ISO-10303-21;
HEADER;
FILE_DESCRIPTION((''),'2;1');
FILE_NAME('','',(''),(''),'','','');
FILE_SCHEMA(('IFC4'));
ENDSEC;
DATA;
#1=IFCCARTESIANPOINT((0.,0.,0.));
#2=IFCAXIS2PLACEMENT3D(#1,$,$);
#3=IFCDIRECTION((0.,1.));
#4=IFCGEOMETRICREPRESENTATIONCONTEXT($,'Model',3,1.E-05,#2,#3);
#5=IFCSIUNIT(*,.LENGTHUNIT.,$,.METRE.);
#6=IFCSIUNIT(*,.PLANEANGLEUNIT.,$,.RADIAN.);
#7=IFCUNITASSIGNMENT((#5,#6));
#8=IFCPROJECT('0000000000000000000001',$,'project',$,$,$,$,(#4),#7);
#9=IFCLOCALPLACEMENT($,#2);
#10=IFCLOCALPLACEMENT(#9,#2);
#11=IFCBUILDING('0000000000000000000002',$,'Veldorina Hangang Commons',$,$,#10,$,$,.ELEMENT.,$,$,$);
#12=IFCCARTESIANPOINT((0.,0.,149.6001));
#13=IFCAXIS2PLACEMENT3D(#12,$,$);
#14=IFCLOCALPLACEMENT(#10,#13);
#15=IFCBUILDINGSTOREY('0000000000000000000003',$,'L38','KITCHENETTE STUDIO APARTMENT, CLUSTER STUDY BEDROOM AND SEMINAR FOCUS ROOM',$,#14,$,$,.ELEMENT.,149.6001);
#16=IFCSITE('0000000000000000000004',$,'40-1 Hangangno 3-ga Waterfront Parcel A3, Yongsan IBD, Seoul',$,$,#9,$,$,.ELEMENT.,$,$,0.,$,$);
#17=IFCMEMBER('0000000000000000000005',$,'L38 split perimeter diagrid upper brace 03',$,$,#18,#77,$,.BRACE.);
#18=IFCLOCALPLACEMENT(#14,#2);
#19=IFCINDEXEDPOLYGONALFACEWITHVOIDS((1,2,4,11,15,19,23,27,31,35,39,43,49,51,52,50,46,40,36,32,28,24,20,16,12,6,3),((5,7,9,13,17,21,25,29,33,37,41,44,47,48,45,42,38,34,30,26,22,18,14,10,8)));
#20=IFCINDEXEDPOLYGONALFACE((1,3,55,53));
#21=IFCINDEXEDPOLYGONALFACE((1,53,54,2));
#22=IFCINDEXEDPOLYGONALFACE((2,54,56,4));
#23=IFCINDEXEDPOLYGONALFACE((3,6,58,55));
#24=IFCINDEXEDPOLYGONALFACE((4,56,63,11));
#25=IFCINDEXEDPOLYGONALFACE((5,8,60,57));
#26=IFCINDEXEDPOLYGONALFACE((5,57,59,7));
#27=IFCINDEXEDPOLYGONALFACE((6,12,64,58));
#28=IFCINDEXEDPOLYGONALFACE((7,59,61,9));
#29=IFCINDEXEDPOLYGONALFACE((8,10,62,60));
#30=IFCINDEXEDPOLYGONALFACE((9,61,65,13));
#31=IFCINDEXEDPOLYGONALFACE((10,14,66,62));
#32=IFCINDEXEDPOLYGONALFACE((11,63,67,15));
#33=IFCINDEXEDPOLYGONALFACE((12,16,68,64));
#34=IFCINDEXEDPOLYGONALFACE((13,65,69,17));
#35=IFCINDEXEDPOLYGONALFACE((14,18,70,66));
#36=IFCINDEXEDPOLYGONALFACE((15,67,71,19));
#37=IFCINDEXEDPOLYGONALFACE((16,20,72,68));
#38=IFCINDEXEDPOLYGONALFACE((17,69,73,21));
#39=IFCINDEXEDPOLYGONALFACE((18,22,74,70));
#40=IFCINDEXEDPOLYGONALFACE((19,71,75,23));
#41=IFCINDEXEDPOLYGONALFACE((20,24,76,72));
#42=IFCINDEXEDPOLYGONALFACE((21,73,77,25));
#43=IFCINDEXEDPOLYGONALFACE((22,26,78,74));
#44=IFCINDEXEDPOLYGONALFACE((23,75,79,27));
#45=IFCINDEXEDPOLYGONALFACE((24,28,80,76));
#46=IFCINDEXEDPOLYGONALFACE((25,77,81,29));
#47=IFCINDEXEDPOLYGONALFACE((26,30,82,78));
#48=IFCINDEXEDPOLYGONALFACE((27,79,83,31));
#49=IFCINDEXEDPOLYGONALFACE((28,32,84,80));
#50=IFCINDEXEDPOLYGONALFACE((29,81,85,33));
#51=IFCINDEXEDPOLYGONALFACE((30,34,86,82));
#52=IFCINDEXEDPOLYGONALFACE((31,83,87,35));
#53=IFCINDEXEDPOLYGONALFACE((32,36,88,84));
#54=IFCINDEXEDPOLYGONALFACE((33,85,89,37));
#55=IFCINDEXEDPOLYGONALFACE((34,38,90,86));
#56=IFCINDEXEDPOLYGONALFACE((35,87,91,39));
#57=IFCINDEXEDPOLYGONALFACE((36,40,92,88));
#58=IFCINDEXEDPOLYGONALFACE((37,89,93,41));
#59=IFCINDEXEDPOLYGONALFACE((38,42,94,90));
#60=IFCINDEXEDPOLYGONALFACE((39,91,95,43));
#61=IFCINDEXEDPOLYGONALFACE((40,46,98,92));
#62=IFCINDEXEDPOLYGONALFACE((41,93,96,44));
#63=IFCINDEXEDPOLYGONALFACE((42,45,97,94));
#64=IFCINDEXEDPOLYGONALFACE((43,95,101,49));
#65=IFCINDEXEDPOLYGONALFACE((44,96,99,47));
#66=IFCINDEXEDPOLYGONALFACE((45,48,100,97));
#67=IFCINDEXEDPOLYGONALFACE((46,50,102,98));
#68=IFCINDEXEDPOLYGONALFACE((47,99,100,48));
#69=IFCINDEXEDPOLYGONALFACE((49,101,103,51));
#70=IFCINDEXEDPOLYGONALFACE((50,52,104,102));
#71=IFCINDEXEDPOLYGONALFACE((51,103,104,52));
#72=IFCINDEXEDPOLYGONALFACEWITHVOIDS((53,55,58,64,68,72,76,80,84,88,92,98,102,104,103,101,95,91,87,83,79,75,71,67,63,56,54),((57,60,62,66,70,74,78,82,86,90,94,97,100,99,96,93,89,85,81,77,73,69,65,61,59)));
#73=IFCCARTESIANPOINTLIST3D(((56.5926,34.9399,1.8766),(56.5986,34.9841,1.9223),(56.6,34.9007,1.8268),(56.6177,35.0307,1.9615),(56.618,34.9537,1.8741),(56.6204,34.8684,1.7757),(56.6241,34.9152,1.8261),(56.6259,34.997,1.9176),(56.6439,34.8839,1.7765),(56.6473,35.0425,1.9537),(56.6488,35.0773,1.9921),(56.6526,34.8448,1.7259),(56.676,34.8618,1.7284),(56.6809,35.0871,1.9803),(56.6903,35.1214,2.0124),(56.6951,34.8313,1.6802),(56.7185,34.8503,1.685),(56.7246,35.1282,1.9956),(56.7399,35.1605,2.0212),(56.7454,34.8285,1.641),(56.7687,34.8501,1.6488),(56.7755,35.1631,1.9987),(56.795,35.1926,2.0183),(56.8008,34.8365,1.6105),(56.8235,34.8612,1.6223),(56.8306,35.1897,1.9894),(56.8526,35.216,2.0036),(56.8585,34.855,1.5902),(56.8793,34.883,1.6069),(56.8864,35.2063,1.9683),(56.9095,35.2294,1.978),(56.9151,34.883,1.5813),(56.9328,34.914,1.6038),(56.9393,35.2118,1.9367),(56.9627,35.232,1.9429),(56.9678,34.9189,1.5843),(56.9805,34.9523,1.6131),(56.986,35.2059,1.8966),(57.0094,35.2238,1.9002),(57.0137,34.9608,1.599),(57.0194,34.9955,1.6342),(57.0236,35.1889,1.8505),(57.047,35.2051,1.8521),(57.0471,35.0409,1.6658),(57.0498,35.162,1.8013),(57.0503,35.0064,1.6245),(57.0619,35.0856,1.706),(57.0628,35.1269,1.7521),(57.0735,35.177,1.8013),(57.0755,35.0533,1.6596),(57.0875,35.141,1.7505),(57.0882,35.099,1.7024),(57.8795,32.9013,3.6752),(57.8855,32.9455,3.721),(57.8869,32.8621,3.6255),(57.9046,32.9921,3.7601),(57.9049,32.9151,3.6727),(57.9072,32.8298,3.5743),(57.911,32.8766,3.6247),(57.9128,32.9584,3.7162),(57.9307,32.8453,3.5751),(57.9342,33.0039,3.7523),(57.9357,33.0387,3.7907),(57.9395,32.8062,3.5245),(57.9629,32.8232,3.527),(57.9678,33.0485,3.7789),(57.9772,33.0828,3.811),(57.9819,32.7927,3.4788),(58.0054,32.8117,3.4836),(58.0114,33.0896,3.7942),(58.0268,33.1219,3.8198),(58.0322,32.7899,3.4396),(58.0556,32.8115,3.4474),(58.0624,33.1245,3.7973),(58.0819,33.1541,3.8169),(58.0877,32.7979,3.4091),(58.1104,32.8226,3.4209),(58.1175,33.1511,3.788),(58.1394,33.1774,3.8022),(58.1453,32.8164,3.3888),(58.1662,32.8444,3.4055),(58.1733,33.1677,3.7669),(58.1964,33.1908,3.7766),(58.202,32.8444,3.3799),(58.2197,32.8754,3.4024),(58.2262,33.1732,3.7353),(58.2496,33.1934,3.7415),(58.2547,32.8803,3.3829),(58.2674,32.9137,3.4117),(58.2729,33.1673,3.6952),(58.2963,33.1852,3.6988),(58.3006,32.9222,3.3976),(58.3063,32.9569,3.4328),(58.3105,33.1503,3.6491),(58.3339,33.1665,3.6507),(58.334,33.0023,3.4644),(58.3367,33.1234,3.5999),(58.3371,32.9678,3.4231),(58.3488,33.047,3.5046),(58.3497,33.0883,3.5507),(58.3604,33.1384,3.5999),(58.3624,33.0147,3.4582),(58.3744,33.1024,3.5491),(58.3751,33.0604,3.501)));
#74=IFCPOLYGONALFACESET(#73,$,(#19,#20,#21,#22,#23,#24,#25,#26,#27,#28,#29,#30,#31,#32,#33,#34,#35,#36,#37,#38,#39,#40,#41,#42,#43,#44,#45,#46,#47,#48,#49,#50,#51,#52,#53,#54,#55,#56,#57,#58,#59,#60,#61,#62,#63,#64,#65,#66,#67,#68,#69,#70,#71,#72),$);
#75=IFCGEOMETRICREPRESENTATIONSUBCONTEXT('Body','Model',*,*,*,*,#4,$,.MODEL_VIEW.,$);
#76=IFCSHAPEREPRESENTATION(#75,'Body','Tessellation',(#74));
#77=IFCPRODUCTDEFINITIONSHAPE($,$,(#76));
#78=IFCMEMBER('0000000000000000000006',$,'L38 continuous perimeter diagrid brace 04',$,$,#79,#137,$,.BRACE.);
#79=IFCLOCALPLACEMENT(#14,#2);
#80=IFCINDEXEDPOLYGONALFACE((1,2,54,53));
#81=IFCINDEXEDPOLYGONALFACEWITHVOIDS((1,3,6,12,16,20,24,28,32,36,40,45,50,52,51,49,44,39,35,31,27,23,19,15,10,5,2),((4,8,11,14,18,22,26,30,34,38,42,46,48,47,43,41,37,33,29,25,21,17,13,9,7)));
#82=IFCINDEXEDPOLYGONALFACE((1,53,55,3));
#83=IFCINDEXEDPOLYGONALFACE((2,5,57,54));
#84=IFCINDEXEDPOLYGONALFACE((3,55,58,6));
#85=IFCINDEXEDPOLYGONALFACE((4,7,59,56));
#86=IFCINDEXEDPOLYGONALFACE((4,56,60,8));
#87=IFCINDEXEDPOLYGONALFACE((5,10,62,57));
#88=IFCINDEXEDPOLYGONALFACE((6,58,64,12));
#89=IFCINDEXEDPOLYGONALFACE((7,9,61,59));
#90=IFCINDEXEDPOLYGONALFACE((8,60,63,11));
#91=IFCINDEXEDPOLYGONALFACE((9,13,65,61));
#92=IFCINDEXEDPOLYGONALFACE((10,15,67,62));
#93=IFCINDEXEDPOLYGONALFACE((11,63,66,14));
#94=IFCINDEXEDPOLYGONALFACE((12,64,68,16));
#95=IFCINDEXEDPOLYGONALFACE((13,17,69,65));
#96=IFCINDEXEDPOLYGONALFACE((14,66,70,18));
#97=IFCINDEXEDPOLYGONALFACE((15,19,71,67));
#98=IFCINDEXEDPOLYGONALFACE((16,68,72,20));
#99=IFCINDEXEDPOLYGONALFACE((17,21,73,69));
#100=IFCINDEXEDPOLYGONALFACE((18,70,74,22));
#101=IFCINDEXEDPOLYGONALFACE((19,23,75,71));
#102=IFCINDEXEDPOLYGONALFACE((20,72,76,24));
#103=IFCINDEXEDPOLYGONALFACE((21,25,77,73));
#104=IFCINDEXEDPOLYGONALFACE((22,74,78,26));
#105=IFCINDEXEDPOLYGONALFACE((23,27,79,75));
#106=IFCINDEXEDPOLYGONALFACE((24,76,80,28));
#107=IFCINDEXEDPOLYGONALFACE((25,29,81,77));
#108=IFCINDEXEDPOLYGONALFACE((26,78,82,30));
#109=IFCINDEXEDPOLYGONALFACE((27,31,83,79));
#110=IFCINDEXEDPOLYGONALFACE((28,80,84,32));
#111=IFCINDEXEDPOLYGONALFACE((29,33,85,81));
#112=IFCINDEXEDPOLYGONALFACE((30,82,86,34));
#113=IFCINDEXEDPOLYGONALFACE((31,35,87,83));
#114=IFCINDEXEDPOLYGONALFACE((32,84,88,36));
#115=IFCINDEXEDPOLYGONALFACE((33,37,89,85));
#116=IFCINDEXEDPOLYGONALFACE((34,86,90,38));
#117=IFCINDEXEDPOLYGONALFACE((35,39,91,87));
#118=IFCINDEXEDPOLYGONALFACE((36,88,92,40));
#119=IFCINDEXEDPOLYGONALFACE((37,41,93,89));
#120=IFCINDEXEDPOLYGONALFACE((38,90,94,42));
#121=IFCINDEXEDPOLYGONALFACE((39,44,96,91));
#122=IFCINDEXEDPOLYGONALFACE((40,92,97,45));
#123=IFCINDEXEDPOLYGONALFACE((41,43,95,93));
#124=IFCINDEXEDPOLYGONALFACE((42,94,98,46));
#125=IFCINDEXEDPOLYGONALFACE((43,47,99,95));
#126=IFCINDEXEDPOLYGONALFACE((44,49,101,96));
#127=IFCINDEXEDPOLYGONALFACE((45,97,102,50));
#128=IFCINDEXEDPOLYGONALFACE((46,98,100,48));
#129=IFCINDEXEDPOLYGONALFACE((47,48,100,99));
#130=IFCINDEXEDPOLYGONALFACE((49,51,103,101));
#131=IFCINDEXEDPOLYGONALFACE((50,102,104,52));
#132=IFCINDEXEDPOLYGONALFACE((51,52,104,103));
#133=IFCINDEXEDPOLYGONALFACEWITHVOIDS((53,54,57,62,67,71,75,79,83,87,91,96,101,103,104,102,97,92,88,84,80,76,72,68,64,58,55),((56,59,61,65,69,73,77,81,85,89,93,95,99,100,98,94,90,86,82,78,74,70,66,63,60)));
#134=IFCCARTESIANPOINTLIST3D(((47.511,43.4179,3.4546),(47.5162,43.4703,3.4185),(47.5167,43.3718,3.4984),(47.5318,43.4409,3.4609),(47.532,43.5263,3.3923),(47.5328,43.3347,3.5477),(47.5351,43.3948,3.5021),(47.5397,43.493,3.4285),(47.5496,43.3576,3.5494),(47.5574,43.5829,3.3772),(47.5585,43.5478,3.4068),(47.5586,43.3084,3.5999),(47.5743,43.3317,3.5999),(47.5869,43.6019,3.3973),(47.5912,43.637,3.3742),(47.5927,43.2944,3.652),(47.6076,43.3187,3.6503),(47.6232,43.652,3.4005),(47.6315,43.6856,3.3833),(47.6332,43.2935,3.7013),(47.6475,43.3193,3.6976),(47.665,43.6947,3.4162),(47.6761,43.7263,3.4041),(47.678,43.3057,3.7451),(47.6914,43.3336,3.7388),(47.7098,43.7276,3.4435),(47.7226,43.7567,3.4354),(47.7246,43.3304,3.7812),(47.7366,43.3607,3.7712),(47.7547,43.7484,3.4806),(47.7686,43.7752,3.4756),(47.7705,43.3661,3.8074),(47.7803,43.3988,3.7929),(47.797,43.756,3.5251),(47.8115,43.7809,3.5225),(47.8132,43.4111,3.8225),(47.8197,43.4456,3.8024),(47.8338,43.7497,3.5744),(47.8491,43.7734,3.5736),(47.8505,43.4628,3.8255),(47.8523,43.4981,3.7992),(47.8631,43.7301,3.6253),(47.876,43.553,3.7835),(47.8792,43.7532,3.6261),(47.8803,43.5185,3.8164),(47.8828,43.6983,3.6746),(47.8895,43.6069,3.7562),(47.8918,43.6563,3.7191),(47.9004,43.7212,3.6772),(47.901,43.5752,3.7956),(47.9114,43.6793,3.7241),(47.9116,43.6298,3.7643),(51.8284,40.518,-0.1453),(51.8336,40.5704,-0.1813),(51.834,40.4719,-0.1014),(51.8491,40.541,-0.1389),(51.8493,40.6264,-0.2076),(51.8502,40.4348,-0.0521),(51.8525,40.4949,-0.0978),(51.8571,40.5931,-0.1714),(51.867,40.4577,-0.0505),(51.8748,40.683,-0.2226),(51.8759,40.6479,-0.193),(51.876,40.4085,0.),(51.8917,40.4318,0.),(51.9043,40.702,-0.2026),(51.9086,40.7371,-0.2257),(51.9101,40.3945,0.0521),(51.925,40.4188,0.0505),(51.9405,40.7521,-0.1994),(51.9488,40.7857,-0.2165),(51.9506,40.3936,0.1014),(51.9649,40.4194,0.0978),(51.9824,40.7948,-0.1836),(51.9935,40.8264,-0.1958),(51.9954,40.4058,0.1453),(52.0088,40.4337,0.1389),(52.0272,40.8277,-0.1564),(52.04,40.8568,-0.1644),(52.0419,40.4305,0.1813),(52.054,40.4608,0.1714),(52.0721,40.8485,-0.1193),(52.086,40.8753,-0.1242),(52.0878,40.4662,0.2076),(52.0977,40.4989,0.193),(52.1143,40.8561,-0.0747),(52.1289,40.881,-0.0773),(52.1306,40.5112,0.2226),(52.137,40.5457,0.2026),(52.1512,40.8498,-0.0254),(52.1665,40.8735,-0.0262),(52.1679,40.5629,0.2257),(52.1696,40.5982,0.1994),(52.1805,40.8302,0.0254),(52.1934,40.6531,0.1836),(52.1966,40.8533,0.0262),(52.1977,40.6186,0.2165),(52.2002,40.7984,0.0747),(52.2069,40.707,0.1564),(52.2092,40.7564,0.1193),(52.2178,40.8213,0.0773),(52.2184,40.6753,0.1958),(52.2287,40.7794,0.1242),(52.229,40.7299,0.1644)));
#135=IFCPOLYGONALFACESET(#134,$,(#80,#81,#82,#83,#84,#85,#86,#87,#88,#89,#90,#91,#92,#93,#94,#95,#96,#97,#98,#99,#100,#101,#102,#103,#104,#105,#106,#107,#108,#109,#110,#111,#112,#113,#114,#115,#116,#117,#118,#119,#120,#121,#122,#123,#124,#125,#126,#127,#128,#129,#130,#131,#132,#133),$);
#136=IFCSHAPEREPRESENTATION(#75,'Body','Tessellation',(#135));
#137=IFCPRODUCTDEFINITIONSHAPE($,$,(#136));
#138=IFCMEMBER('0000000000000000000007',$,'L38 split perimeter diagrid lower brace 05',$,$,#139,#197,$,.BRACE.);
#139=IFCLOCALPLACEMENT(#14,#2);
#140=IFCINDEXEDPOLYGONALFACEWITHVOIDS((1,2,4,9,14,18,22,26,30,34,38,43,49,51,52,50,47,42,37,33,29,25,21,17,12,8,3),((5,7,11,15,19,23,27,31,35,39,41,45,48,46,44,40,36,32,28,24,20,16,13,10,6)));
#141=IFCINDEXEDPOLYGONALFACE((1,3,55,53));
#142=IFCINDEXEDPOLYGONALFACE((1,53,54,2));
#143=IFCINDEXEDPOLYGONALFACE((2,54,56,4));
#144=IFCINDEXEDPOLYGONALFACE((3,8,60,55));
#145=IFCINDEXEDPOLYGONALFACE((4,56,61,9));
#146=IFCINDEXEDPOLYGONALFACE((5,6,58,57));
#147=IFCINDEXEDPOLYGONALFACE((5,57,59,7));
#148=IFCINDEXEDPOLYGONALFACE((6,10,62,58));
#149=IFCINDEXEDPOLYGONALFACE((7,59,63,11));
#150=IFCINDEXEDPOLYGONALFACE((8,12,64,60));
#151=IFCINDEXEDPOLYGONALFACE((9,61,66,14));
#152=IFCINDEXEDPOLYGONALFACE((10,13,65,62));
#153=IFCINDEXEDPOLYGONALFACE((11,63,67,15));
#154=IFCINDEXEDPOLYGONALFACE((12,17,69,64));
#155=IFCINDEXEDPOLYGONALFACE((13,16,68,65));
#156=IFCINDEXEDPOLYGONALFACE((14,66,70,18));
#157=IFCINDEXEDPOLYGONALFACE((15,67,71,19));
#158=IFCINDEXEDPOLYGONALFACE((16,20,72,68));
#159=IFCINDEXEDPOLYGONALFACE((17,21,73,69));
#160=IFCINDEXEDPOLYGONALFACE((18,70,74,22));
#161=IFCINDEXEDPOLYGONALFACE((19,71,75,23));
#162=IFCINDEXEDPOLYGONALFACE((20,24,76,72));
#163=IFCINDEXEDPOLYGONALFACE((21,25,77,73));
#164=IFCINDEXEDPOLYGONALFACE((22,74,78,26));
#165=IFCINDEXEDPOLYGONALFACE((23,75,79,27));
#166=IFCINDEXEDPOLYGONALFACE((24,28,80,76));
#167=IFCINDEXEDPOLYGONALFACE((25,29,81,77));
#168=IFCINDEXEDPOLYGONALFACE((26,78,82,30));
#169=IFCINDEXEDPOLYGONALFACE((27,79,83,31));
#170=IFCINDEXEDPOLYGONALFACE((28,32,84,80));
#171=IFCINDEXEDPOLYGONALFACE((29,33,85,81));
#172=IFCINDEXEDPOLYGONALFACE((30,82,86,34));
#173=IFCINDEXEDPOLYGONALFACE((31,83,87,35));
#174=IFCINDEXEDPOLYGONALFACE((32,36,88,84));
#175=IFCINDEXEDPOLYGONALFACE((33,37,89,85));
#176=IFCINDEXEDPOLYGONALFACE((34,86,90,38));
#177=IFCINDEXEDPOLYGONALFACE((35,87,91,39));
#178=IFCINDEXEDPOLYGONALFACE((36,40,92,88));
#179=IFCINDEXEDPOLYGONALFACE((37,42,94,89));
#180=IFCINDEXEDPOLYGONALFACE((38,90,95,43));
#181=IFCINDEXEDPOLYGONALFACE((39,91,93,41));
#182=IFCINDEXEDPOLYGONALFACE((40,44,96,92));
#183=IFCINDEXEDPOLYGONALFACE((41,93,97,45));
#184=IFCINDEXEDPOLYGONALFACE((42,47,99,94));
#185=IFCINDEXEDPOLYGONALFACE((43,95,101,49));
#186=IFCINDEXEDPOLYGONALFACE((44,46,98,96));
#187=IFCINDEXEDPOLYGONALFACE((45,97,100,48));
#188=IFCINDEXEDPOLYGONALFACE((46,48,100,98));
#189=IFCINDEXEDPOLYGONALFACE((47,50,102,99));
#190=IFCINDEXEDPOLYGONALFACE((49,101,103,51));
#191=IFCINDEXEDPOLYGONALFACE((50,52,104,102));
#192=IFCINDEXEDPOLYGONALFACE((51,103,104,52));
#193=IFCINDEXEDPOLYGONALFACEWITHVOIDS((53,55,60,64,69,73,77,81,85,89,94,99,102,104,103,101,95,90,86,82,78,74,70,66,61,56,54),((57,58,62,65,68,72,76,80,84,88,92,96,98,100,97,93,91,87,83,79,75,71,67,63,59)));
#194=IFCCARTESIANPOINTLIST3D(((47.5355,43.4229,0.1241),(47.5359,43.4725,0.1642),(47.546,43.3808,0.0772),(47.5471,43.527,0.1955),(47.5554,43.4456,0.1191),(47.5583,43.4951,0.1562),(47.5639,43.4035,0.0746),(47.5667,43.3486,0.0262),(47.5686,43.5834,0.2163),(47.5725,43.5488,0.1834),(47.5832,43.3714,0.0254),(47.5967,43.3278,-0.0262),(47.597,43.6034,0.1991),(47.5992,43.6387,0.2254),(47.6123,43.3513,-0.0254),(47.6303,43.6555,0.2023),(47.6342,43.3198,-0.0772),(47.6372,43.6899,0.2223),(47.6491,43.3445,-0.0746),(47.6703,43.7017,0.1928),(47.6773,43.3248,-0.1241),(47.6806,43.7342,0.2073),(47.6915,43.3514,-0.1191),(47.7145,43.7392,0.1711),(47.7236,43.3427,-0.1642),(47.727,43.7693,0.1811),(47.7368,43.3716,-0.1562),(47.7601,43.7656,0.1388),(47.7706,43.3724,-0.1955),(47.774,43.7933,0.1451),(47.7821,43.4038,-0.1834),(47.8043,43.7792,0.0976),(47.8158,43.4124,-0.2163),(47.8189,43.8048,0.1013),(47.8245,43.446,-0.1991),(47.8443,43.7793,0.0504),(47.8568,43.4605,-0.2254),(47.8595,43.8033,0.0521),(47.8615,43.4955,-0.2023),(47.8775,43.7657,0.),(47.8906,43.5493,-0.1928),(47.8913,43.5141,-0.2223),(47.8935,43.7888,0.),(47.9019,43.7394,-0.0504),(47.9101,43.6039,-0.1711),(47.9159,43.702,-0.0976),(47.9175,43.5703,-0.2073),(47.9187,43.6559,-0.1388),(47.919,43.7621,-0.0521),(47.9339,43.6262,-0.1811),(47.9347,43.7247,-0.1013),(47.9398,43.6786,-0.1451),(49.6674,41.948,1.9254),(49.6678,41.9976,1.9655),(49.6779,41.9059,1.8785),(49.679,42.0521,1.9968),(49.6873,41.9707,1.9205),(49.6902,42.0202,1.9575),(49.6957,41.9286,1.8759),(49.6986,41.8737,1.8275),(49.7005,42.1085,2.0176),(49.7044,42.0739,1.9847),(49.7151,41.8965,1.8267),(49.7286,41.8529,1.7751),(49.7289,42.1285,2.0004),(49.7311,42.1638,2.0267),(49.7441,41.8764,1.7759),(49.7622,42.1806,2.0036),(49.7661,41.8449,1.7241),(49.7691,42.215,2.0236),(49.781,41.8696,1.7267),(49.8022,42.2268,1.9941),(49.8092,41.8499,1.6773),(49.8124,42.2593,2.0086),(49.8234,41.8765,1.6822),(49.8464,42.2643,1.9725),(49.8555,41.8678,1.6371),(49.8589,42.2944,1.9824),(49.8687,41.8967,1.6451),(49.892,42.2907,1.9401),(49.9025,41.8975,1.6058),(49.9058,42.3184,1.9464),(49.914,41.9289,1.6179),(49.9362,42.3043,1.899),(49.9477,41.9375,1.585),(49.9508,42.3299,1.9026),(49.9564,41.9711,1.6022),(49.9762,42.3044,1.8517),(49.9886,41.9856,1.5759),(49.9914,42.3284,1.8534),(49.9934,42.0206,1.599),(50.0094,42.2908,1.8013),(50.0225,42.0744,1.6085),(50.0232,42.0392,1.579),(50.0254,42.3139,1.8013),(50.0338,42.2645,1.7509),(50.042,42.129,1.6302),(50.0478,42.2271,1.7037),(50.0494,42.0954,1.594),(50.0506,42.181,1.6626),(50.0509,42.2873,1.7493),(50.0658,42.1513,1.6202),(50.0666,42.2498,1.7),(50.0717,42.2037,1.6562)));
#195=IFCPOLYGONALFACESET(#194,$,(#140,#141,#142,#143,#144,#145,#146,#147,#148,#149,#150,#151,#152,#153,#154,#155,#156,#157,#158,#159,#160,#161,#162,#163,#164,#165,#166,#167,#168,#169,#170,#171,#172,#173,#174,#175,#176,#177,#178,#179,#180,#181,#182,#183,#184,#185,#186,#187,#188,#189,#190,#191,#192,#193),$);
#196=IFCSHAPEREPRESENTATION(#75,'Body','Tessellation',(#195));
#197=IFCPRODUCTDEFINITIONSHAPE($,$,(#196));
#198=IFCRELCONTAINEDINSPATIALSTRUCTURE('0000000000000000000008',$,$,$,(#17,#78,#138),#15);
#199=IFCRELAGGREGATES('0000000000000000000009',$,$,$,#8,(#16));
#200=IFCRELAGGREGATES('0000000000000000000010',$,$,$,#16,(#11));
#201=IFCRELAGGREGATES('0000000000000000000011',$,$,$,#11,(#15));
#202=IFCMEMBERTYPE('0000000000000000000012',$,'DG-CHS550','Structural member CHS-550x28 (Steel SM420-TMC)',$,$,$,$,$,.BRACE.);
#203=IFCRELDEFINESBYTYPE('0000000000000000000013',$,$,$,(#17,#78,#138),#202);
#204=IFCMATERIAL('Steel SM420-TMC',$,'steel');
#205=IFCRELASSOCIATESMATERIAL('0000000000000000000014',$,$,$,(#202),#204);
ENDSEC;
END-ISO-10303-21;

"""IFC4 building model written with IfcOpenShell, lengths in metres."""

from ifc_helpers import new_model, si_unit, direction, frame, origin, origin_2d, place, context, subcontext, project, spatial, hollow_circle, extrude, material, material_profile, profile_set, type_object, element, save


model = new_model("IFC4")

# Units and contexts
model_context = context("Model", 3, precision=1e-05, world=origin(), true_north=direction((0.0, 1.0)))
body_context = subcontext(model_context, "Body", "Model", "MODEL_VIEW")
ifc_project = project(units=[si_unit("LENGTHUNIT", "METRE"), si_unit("PLANEANGLEUNIT", "RADIAN")], contexts=[model_context])

# Site, building, storey
site_placement = place(None, origin())
site = spatial("IfcSite", under=ifc_project, at=site_placement, Name="40-1 Hangangno 3-ga Waterfront Parcel A3, Yongsan IBD, Seoul", CompositionType="ELEMENT", RefElevation=0.0)
building_placement = place(site_placement, origin())
building = spatial("IfcBuilding", under=site, at=building_placement, Name="Veldorina Hangang Commons", CompositionType="ELEMENT")
storey_placement = place(building_placement, frame((0.0, 0.0, 149.6001)))
storey = spatial("IfcBuildingStorey", under=building, at=storey_placement, Name="L38", Description="KITCHENETTE STUDIO APARTMENT, CLUSTER STUDY BEDROOM AND SEMINAR FOCUS ROOM", CompositionType="ELEMENT", Elevation=149.6001)

# Shared definitions
ifc_material_1 = material(Name="Steel SM420-TMC", Category="steel")

# Members
ifc_material_profile_1 = material_profile(ifc_material_1, hollow_circle(Radius=0.2749, WallThickness=0.0281, at=origin_2d()), Name="CHS-550x28")
ifc_profile_set_1 = profile_set([ifc_material_profile_1], Name="Steel SM420-TMC")
member_type = type_object("IfcMemberType", Name="DG-CHS550", Description="Structural member CHS-550x28 (Steel SM420-TMC)", PredefinedType="BRACE", material=ifc_profile_set_1)
member_1_placement = place(storey_placement, frame((56.8411, 35.0303, 1.8013), z_axis=(0.427846, -0.677768, 0.597978), x_axis=(0.845612, 0.533799, 0.0)))
element("IfcMember", 1, at=member_1_placement, inside=storey, type_object=member_type, Name="L38 split perimeter diagrid upper brace 03", PredefinedType="BRACE", context=body_context, shape_type="SweptSolid", body=[
    extrude(hollow_circle(Radius=0.2749, WallThickness=0.0281, at=origin_2d()), origin(), (0.0, 0.0, 1.0), 3.0078),
])
member_2_placement = place(storey_placement, frame((52.0293, 40.6367, 0.0), z_axis=(-0.682568, 0.458468, 0.569129), x_axis=(-0.557578, -0.830124, 0.0)))
element("IfcMember", 2, at=member_2_placement, inside=storey, type_object=member_type, Name="L38 continuous perimeter diagrid brace 04", PredefinedType="BRACE", context=body_context, shape_type="SweptSolid", body=[
    extrude(hollow_circle(Radius=0.2749, WallThickness=0.0281, at=origin_2d()), origin(), (0.0, 0.0, 1.0), 6.3252),
])
member_3_placement = place(storey_placement, frame((47.7371, 43.5627, 0.0), z_axis=(0.675346, -0.46722, 0.570626), x_axis=(0.568941, 0.822379, 0.0)))
element("IfcMember", 3, at=member_3_placement, inside=storey, type_object=member_type, Name="L38 split perimeter diagrid lower brace 05", PredefinedType="BRACE", context=body_context, shape_type="SweptSolid", body=[
    extrude(hollow_circle(Radius=0.2749, WallThickness=0.0281, at=origin_2d()), origin(), (0.0, 0.0, 1.0), 3.1567),
])

save(model, "model.ifc")
